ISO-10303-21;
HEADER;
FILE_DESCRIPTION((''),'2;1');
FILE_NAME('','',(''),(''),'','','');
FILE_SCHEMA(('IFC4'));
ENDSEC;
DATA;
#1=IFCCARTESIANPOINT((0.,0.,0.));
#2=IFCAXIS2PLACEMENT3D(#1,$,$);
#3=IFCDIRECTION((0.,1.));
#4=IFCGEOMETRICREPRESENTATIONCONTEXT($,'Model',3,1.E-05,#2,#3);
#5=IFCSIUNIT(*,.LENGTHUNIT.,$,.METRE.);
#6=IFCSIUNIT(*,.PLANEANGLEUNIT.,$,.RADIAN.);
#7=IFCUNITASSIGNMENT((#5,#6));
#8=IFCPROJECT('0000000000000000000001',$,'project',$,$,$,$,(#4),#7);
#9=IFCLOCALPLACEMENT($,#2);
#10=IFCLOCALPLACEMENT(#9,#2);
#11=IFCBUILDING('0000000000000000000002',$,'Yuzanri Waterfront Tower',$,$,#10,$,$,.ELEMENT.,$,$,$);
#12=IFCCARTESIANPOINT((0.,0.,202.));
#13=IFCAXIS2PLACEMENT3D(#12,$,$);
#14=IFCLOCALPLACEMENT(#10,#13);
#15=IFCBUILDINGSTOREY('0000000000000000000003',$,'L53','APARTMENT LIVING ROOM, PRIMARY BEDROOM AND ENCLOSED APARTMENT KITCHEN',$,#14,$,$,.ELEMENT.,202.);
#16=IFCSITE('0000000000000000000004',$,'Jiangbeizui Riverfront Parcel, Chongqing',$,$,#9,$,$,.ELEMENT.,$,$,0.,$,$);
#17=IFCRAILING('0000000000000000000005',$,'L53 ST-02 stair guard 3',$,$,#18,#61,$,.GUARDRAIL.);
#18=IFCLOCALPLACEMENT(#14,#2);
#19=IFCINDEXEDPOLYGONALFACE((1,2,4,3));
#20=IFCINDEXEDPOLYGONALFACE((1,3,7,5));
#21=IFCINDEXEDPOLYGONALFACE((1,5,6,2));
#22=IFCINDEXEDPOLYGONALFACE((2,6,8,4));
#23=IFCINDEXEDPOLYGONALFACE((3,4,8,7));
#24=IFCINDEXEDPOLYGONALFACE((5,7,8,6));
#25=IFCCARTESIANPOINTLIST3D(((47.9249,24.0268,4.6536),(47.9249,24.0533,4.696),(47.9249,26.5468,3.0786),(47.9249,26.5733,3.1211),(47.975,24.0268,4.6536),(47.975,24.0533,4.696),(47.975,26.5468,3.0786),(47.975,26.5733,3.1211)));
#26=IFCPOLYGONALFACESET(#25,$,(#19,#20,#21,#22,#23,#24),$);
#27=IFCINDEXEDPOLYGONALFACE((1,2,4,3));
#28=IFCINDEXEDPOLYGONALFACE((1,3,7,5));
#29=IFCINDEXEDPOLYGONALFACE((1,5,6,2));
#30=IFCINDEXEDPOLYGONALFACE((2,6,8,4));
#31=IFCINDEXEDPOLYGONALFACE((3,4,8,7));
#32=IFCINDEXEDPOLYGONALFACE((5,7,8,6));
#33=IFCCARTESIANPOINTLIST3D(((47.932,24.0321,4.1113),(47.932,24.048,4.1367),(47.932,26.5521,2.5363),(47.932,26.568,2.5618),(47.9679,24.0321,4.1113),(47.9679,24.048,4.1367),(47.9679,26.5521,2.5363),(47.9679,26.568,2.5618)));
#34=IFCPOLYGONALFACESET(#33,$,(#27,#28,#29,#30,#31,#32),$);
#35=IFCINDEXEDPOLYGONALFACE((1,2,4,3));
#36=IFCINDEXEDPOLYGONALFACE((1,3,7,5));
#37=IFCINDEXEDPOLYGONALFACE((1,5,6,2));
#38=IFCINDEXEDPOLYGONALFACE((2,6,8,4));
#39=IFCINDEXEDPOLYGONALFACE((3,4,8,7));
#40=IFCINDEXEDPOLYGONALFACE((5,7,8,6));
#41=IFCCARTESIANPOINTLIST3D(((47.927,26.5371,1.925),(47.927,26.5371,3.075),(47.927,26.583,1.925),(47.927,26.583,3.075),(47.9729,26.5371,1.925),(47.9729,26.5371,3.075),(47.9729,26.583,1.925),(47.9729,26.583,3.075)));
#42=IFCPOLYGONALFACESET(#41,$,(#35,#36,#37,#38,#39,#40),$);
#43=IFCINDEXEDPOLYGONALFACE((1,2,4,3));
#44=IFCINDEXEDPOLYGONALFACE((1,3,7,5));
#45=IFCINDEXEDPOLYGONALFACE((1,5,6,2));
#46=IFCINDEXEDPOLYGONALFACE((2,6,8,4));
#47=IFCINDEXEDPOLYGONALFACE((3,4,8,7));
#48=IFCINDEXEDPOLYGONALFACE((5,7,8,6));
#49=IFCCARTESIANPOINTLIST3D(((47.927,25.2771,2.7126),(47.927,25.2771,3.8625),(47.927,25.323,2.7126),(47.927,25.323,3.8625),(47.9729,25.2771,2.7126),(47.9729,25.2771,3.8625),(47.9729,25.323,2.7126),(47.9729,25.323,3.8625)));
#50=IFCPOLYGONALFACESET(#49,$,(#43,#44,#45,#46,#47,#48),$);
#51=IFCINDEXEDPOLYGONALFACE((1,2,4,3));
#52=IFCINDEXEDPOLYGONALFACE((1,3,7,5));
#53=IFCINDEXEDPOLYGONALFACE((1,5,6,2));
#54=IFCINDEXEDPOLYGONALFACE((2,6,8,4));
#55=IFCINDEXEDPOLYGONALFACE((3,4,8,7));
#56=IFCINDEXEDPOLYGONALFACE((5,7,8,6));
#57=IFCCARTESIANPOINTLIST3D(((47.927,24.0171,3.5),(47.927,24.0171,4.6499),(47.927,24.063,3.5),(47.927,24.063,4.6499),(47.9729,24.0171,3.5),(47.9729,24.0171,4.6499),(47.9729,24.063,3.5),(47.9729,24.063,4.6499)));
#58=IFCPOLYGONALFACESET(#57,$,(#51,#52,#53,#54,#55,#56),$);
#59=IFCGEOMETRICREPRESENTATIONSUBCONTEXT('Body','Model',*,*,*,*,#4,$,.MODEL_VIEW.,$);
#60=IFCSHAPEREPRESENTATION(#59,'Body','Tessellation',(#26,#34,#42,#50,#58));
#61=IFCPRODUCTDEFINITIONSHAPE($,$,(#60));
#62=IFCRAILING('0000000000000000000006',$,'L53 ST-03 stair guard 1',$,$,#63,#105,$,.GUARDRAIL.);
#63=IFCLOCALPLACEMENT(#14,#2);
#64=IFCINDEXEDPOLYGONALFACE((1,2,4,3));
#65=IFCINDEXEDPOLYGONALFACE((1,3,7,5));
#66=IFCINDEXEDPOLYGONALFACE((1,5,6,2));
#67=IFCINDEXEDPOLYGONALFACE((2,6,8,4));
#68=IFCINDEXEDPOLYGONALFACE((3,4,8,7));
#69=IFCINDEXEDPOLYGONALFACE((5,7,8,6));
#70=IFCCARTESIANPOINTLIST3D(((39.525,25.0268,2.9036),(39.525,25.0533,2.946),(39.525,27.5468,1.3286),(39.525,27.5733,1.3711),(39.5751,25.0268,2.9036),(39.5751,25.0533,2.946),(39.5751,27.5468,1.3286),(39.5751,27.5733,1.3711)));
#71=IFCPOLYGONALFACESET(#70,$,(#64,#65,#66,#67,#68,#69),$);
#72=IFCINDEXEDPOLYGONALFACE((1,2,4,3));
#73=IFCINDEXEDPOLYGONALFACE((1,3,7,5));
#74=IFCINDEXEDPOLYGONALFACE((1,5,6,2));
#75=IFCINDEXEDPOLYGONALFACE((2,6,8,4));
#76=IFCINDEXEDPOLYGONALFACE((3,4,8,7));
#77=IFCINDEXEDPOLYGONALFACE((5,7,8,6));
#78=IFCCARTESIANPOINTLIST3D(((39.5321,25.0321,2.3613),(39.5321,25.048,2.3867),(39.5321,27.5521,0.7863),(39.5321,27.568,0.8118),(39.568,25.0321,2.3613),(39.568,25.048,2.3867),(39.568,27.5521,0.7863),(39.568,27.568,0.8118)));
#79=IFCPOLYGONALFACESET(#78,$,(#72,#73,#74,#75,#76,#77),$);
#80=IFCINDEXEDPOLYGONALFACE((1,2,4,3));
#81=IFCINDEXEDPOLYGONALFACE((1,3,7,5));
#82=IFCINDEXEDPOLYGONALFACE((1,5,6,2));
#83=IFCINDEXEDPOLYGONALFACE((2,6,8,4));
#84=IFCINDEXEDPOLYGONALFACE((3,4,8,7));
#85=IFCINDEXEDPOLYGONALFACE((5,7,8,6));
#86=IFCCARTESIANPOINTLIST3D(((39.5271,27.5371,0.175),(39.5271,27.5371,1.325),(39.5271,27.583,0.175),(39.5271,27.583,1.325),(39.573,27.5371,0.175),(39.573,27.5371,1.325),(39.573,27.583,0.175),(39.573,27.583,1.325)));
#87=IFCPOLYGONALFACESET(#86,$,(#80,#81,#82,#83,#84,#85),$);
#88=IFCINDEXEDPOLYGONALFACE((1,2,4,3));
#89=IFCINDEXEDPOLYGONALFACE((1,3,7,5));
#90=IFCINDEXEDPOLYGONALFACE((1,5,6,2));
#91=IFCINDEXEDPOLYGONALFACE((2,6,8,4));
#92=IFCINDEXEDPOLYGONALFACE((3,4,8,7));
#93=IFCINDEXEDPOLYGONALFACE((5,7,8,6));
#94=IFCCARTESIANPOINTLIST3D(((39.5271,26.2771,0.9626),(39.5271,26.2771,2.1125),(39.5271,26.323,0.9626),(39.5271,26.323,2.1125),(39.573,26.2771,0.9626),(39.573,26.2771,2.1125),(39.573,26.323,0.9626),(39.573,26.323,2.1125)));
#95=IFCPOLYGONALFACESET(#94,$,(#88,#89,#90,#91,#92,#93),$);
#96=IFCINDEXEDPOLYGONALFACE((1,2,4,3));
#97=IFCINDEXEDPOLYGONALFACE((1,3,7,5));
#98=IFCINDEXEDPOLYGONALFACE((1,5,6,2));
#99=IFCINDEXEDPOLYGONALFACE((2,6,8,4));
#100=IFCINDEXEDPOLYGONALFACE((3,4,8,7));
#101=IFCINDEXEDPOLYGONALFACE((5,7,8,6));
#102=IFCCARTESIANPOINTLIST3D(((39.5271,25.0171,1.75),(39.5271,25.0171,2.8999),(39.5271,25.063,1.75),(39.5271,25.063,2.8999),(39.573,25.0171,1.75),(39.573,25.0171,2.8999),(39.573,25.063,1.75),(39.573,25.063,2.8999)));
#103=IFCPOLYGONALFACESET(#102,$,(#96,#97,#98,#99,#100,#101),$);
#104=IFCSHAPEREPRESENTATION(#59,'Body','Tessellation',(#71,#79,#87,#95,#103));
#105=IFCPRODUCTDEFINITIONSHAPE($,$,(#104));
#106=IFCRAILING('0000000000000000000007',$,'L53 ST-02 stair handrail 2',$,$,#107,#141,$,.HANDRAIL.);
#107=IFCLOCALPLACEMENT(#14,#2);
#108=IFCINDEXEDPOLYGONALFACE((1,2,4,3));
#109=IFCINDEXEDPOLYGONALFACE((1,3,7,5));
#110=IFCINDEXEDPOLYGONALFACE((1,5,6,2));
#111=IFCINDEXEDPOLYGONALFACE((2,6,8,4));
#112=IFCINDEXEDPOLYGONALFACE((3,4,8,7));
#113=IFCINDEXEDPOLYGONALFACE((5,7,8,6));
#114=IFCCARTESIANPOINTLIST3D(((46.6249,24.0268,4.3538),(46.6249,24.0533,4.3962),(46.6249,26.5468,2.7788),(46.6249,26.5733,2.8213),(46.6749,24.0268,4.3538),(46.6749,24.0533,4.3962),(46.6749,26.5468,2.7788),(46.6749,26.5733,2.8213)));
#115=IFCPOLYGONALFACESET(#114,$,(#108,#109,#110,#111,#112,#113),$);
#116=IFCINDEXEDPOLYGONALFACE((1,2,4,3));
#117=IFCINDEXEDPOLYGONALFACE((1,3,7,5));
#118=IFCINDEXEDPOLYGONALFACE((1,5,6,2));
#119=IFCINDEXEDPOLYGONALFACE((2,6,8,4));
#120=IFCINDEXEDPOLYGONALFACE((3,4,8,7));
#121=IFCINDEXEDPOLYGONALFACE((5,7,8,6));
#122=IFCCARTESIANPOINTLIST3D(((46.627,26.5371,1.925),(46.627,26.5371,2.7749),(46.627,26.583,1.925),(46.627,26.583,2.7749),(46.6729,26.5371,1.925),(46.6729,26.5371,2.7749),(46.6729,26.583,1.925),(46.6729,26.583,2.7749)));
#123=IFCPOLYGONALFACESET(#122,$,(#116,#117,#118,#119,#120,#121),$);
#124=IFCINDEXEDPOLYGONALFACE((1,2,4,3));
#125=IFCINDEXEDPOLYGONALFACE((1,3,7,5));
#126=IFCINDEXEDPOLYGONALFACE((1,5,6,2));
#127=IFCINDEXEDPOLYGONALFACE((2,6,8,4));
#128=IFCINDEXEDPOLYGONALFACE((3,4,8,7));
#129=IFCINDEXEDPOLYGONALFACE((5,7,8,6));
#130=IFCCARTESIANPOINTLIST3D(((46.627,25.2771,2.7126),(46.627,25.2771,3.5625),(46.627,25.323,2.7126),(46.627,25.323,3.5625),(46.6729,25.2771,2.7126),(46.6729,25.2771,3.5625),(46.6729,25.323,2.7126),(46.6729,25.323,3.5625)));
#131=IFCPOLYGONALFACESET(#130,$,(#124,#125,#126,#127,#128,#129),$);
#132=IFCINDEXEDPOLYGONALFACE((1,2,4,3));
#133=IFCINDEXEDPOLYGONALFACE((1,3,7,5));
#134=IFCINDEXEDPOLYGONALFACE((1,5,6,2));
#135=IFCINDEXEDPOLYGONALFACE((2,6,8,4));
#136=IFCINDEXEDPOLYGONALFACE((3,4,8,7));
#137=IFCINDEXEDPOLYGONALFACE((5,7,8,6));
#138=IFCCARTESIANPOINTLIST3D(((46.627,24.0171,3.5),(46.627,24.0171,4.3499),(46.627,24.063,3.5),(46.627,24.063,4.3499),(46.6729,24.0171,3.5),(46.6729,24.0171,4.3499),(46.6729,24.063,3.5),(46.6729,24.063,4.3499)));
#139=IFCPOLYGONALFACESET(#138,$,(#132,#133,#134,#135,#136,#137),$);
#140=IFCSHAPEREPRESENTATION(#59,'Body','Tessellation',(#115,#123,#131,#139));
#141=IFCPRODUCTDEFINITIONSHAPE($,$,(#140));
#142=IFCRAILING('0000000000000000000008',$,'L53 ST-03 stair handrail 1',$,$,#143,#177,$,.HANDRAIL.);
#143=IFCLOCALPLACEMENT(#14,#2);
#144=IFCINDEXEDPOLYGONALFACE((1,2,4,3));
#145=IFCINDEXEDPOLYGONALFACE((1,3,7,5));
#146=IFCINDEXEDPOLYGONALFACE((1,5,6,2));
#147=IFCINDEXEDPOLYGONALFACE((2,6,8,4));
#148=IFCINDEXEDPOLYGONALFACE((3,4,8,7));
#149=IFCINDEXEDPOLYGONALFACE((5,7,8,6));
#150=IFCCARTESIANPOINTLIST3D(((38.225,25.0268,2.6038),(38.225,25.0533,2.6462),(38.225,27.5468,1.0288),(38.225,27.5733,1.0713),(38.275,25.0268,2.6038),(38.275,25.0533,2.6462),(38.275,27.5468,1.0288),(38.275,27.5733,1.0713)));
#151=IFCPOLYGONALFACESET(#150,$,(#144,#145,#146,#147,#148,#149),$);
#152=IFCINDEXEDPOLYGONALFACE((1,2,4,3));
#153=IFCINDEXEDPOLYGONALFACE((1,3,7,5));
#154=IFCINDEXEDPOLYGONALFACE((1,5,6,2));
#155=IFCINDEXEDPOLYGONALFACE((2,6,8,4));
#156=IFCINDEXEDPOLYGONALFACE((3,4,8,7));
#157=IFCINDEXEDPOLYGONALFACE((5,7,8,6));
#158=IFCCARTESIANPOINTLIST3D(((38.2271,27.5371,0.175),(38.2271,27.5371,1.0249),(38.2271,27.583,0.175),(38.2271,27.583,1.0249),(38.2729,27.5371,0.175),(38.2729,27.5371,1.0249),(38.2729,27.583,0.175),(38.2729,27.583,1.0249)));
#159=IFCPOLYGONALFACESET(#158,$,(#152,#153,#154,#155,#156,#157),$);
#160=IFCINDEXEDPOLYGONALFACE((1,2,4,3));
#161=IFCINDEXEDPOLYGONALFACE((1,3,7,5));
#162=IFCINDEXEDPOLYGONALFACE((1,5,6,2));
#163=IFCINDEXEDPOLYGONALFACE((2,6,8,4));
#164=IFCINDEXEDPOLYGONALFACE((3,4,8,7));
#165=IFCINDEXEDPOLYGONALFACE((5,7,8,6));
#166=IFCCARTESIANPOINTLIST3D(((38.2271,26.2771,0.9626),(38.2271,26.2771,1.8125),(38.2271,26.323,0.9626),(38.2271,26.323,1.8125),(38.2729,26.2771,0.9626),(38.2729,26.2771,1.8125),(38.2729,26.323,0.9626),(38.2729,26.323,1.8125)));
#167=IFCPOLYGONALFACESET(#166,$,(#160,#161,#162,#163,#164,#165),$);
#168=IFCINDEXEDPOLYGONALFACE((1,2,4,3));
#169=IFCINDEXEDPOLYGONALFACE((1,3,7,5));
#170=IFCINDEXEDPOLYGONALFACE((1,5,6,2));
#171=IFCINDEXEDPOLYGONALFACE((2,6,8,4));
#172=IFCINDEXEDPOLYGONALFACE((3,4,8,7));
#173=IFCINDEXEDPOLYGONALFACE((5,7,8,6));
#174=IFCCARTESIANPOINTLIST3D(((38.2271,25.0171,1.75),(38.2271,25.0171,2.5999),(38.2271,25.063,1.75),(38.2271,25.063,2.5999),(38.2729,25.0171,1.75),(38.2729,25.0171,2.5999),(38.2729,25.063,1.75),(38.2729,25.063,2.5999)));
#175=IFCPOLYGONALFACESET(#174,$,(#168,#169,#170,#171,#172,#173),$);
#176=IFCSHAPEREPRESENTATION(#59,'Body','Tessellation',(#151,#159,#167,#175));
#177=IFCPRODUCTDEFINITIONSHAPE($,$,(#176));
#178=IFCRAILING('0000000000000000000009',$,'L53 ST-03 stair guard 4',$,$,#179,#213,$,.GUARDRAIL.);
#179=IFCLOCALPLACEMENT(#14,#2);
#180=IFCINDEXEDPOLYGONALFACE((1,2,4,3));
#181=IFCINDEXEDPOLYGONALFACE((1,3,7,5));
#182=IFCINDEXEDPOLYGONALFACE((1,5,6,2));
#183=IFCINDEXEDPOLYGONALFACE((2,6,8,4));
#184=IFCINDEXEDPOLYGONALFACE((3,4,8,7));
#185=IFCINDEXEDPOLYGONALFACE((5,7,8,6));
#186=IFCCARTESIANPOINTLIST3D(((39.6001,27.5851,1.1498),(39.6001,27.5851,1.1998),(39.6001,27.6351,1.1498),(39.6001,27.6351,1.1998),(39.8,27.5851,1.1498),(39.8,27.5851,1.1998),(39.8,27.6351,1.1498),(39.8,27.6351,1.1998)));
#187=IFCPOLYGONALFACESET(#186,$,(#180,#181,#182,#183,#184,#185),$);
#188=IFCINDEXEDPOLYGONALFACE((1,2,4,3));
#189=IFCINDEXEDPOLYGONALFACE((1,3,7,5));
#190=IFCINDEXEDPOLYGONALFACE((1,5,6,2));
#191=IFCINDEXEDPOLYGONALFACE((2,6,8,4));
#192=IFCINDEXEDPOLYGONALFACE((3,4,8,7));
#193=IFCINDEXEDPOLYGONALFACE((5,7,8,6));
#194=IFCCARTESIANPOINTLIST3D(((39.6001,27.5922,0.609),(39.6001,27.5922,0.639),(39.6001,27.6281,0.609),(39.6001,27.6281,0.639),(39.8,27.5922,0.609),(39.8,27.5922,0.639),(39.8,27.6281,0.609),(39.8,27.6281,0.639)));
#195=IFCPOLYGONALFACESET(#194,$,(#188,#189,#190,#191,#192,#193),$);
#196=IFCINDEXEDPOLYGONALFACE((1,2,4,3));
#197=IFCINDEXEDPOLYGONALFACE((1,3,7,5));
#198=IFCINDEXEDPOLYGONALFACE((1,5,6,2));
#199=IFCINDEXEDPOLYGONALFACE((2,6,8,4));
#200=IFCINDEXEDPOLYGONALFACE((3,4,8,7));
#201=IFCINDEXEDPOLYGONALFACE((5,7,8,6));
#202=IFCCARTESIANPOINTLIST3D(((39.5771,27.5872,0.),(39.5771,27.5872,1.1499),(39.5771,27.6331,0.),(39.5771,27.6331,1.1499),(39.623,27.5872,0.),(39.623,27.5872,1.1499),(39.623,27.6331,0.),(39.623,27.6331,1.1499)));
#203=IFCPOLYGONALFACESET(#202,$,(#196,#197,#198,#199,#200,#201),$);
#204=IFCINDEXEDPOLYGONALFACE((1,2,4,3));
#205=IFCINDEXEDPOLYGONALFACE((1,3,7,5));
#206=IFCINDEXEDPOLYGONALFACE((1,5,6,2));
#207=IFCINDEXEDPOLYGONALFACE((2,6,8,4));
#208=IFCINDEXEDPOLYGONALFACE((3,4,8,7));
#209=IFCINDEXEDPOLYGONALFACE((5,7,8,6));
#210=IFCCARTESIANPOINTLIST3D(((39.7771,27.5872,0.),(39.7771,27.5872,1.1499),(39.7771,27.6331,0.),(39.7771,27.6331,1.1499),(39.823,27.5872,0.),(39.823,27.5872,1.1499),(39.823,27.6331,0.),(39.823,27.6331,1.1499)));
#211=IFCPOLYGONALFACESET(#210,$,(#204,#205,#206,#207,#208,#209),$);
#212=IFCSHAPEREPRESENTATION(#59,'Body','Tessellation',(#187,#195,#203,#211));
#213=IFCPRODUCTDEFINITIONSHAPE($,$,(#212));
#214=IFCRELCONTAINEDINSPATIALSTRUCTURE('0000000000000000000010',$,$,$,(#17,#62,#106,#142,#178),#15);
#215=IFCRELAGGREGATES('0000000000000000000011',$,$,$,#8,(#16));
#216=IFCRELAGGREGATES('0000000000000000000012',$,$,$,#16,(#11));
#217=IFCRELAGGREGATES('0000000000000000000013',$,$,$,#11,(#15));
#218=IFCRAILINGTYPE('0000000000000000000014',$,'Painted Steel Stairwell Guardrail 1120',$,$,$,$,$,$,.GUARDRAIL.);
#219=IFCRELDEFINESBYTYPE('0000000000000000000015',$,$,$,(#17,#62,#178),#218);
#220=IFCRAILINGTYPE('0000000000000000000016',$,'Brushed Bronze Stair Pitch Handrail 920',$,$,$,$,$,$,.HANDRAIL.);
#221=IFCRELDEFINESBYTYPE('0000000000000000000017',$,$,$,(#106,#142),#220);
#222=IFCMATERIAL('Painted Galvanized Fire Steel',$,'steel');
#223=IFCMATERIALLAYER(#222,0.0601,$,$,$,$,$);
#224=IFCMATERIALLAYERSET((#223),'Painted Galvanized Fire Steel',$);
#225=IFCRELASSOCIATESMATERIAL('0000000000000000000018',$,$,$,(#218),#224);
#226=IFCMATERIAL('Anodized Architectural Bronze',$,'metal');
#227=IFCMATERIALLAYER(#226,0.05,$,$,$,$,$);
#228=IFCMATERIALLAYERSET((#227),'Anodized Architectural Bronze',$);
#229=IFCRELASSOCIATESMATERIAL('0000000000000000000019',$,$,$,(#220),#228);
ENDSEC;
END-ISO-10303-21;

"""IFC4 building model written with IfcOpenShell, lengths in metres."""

from ifc_helpers import new_model, si_unit, direction, frame, origin, origin_2d, place, context, subcontext, project, spatial, rectangle, extrude, source, transform, mapped, material, layer, layer_set, type_object, element, save


model = new_model("IFC4")

# Units and contexts
model_context = context("Model", 3, precision=1e-05, world=origin(), true_north=direction((0.0, 1.0)))
body_context = subcontext(model_context, "Body", "Model", "MODEL_VIEW")
ifc_project = project(units=[si_unit("LENGTHUNIT", "METRE"), si_unit("PLANEANGLEUNIT", "RADIAN")], contexts=[model_context])

# Site, building, storey
site_placement = place(None, origin())
site = spatial("IfcSite", under=ifc_project, at=site_placement, Name="Jiangbeizui Riverfront Parcel, Chongqing", CompositionType="ELEMENT", RefElevation=0.0)
building_placement = place(site_placement, origin())
building = spatial("IfcBuilding", under=site, at=building_placement, Name="Yuzanri Waterfront Tower", CompositionType="ELEMENT")
storey_placement = place(building_placement, frame((0.0, 0.0, 202.0)))
storey = spatial("IfcBuildingStorey", under=building, at=storey_placement, Name="L53", Description="APARTMENT LIVING ROOM, PRIMARY BEDROOM AND ENCLOSED APARTMENT KITCHEN", CompositionType="ELEMENT", Elevation=202.0)

# Railings
ifc_material_1 = material(Name="Painted Galvanized Fire Steel", Category="steel")
ifc_layer_1 = layer(ifc_material_1, 0.0601)
ifc_layer_set_1 = layer_set([ifc_layer_1], Name="Painted Galvanized Fire Steel")
railing_type_1 = type_object("IfcRailingType", Name="Painted Steel Stairwell Guardrail 1120", PredefinedType="GUARDRAIL", material=ifc_layer_set_1)
shared_shape_1 = source(origin(), body_context, "Body", "SweptSolid", [
    extrude(rectangle(XDim=0.05, YDim=0.05, at=origin_2d()), frame((0.0, 0.0, 1.1748), z_axis=(0.0, -0.848008, 0.529984), x_axis=(1.0, 0.0, 0.0)), (0.0, 0.0, 1.0), 2.9717),
    extrude(rectangle(XDim=0.0359, YDim=0.03, at=origin_2d()), frame((0.0, 0.0, 0.624), z_axis=(0.0, -0.848008, 0.529984), x_axis=(1.0, 0.0, 0.0)), (0.0, 0.0, 1.0), 2.9717),
    extrude(rectangle(XDim=0.0459, YDim=0.0459, at=origin_2d()), origin(), (0.0, 0.0, 1.0), 1.1499),
    extrude(rectangle(XDim=0.0459, YDim=0.0459, at=origin_2d()), frame((0.0, -1.26, 0.7876)), (0.0, 0.0, 1.0), 1.1499),
    extrude(rectangle(XDim=0.0459, YDim=0.0459, at=origin_2d()), frame((0.0, -2.52, 1.575)), (0.0, 0.0, 1.0), 1.1499),
])
for number, where, name in (
    (1, (47.95, 26.5601, 1.925), "L53 ST-02 stair guard 3"),
    (2, (39.55, 27.5601, 0.175), "L53 ST-03 stair guard 1"),
):
    element("IfcRailing", number, at=place(storey_placement, frame(where)), inside=storey, type_object=railing_type_1, Name=name, PredefinedType="GUARDRAIL", context=body_context, shape_type="MappedRepresentation", body=[
        mapped(shared_shape_1, transform((0.0, 0.0, 0.0), scale=1.0)),
    ])
ifc_material_2 = material(Name="Anodized Architectural Bronze", Category="metal")
ifc_layer_2 = layer(ifc_material_2, 0.05)
ifc_layer_set_2 = layer_set([ifc_layer_2], Name="Anodized Architectural Bronze")
railing_type_2 = type_object("IfcRailingType", Name="Brushed Bronze Stair Pitch Handrail 920", PredefinedType="HANDRAIL", material=ifc_layer_set_2)
shared_shape_2 = source(origin(), body_context, "Body", "SweptSolid", [
    extrude(rectangle(XDim=0.05, YDim=0.05, at=origin_2d()), frame((0.0, 0.0, 0.875), z_axis=(0.0, -0.848008, 0.529984), x_axis=(1.0, 0.0, 0.0)), (0.0, 0.0, 1.0), 2.9717),
    extrude(rectangle(XDim=0.0459, YDim=0.0459, at=origin_2d()), origin(), (0.0, 0.0, 1.0), 0.8499),
    extrude(rectangle(XDim=0.0459, YDim=0.0459, at=origin_2d()), frame((0.0, -1.26, 0.7876)), (0.0, 0.0, 1.0), 0.8499),
    extrude(rectangle(XDim=0.0459, YDim=0.0459, at=origin_2d()), frame((0.0, -2.52, 1.575)), (0.0, 0.0, 1.0), 0.8499),
])
for number, where, name in (
    (3, (46.6499, 26.5601, 1.925), "L53 ST-02 stair handrail 2"),
    (4, (38.25, 27.5601, 0.175), "L53 ST-03 stair handrail 1"),
):
    element("IfcRailing", number, at=place(storey_placement, frame(where)), inside=storey, type_object=railing_type_2, Name=name, PredefinedType="HANDRAIL", context=body_context, shape_type="MappedRepresentation", body=[
        mapped(shared_shape_2, transform((0.0, 0.0, 0.0), scale=1.0)),
    ])
shared_shape_3 = source(origin(), body_context, "Body", "SweptSolid", [
    extrude(rectangle(XDim=0.05, YDim=0.05, at=origin_2d()), frame((0.0, 0.0, 1.1748), z_axis=(1.0, 0.0, 0.0), x_axis=(0.0, 1.0, 0.0)), (0.0, 0.0, 1.0), 0.2),
    extrude(rectangle(XDim=0.0359, YDim=0.03, at=origin_2d()), frame((0.0, 0.0, 0.624), z_axis=(1.0, 0.0, 0.0), x_axis=(0.0, 1.0, 0.0)), (0.0, 0.0, 1.0), 0.2),
    extrude(rectangle(XDim=0.0459, YDim=0.0459, at=origin_2d()), origin(), (0.0, 0.0, 1.0), 1.1499),
    extrude(rectangle(XDim=0.0459, YDim=0.0459, at=origin_2d()), frame((0.2, 0.0, 0.0)), (0.0, 0.0, 1.0), 1.1499),
])
railing_1_placement = place(storey_placement, frame((39.6001, 27.6101, 0.0)))
element("IfcRailing", 5, at=railing_1_placement, inside=storey, type_object=railing_type_1, Name="L53 ST-03 stair guard 4", PredefinedType="GUARDRAIL", context=body_context, shape_type="MappedRepresentation", body=[
    mapped(shared_shape_3, transform((0.0, 0.0, 0.0), scale=1.0)),
])

save(model, "model.ifc")
